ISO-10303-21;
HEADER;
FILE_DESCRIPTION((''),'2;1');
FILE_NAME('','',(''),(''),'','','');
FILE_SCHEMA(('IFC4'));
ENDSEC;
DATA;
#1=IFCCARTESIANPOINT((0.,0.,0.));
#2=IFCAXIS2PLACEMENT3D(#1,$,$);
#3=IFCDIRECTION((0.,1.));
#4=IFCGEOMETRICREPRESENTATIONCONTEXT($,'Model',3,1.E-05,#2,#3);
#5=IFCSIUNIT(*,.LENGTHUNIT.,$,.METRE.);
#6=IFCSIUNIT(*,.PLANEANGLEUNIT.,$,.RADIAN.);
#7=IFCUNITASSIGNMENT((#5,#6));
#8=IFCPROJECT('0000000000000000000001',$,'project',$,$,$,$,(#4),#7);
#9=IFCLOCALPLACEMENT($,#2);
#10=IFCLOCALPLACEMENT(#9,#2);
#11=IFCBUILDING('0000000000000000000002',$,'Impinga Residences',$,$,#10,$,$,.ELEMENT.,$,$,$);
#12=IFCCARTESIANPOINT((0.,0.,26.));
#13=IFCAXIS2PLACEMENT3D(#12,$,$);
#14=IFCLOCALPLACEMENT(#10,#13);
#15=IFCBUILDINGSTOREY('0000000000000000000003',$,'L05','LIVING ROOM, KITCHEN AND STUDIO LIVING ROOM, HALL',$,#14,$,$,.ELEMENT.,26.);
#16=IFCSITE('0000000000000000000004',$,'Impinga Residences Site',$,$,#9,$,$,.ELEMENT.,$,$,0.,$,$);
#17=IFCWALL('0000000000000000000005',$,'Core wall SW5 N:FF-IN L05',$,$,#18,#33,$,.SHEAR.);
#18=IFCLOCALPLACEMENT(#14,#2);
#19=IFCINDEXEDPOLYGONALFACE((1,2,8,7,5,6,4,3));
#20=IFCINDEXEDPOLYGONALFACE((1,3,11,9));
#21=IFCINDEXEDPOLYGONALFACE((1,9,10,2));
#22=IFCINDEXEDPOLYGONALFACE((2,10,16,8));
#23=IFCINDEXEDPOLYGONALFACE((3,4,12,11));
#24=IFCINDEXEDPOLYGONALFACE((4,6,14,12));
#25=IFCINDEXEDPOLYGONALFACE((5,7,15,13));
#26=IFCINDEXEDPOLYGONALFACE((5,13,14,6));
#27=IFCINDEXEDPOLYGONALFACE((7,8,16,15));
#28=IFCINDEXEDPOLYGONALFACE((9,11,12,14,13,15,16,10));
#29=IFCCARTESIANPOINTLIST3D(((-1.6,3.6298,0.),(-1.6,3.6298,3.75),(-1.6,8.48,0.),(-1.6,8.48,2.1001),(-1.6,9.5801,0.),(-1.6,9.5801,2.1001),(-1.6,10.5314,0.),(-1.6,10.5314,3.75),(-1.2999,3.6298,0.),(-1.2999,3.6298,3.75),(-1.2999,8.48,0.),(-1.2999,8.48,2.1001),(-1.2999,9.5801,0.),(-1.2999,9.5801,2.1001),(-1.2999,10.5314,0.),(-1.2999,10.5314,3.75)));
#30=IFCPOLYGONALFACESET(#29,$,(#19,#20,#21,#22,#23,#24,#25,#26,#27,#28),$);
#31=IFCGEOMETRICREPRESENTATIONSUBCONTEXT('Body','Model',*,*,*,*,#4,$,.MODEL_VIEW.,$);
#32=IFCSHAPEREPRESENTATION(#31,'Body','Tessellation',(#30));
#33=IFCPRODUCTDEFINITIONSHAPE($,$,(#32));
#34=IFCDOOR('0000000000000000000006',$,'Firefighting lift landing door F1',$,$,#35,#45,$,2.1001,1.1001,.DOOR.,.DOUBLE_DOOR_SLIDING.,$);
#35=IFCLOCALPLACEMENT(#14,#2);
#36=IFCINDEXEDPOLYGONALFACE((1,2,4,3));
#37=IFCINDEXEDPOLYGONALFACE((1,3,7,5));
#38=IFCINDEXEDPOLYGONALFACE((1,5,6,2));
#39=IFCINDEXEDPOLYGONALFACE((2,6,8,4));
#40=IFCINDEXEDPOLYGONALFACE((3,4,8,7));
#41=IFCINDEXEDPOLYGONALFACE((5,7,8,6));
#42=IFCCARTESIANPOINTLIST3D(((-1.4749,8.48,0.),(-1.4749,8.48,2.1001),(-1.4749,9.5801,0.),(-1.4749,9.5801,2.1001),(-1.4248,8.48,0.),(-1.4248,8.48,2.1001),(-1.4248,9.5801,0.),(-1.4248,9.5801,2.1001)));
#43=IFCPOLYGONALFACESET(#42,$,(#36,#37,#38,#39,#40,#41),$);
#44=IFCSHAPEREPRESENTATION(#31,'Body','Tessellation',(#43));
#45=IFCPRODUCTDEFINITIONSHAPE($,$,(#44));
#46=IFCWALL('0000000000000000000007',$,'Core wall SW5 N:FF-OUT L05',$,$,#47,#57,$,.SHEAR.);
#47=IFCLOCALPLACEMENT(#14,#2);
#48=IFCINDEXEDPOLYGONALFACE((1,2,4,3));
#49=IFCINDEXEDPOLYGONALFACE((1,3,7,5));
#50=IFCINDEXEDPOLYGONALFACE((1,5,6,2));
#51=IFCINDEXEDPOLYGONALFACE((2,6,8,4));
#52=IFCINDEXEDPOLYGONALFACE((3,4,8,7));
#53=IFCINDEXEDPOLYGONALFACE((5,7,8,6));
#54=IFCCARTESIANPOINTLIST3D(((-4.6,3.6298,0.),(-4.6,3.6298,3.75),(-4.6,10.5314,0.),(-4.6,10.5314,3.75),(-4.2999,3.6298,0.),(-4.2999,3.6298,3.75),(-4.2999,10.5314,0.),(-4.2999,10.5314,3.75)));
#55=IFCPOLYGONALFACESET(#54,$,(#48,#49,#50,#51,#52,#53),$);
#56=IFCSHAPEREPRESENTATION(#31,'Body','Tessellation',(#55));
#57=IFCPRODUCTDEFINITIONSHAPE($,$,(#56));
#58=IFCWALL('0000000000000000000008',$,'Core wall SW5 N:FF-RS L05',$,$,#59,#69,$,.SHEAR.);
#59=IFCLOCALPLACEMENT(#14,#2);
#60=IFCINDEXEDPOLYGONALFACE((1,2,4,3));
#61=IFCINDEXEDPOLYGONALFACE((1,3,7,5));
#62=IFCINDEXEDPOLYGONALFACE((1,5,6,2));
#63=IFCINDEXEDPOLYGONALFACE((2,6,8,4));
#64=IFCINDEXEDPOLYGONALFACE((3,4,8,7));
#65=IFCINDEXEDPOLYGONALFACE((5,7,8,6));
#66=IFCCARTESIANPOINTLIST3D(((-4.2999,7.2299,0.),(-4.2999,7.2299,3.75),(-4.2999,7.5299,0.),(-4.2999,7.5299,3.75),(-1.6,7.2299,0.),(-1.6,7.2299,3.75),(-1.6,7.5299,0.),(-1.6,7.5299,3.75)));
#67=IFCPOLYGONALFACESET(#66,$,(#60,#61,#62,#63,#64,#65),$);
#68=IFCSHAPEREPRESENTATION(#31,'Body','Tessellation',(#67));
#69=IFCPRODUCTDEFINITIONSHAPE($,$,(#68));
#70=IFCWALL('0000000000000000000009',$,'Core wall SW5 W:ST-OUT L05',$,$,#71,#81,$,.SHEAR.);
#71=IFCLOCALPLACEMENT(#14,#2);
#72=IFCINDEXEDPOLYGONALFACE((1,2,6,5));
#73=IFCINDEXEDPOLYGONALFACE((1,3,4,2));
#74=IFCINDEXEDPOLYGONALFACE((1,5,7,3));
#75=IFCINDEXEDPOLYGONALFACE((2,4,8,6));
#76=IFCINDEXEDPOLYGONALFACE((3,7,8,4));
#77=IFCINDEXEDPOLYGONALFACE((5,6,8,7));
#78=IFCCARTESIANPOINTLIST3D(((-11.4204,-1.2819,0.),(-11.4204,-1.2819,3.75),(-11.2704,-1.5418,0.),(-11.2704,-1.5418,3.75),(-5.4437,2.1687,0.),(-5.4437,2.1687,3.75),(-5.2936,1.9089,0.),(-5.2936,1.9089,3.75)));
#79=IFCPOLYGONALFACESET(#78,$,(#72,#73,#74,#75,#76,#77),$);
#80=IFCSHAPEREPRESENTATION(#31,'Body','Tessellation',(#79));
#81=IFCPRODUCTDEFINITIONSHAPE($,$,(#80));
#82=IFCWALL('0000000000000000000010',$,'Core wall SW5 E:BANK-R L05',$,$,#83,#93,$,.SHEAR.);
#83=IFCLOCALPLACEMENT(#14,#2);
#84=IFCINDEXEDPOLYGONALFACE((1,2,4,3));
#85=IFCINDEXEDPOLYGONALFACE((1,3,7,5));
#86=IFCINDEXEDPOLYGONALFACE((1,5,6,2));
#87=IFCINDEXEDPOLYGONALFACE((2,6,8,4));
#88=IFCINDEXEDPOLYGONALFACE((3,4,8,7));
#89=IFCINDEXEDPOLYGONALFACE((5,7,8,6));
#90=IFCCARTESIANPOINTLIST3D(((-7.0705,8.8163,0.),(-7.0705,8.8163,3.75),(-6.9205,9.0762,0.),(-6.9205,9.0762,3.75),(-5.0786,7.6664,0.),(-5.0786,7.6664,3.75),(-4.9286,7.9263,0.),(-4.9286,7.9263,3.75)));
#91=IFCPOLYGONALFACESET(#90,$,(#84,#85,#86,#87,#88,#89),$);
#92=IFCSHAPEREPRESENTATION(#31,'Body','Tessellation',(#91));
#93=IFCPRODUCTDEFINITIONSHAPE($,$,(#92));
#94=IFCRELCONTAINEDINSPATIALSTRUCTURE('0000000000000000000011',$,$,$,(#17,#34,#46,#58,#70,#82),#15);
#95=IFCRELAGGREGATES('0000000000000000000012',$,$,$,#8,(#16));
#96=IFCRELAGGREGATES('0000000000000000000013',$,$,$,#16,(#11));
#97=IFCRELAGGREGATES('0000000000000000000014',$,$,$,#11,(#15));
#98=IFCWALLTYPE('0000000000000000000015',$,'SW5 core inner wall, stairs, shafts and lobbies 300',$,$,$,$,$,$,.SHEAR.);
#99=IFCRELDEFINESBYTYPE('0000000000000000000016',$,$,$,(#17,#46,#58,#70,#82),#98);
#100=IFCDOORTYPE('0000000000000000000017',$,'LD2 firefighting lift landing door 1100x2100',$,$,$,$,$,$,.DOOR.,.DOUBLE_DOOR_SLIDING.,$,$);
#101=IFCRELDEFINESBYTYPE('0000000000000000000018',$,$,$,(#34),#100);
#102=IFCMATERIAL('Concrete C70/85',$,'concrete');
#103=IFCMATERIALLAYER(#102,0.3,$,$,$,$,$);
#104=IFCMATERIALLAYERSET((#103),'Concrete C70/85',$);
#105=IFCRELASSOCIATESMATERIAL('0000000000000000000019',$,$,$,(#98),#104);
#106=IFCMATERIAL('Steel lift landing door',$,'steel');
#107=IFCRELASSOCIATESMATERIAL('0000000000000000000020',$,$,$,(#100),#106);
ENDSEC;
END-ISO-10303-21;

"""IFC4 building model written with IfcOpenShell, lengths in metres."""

from ifc_helpers import new_model, si_unit, direction, frame, frame_2d, origin, place, context, subcontext, project, spatial, rectangle, extrude, material, layer, layer_set, type_object, element, fill, save


model = new_model("IFC4")

# Units and contexts
model_context = context("Model", 3, precision=1e-05, world=origin(), true_north=direction((0.0, 1.0)))
body_context = subcontext(model_context, "Body", "Model", "MODEL_VIEW")
ifc_project = project(units=[si_unit("LENGTHUNIT", "METRE"), si_unit("PLANEANGLEUNIT", "RADIAN")], contexts=[model_context])

# Site, building, storey
site_placement = place(None, origin())
site = spatial("IfcSite", under=ifc_project, at=site_placement, Name="Impinga Residences Site", CompositionType="ELEMENT", RefElevation=0.0)
building_placement = place(site_placement, origin())
building = spatial("IfcBuilding", under=site, at=building_placement, Name="Impinga Residences", CompositionType="ELEMENT")
storey_placement = place(building_placement, frame((0.0, 0.0, 26.0)))
storey = spatial("IfcBuildingStorey", under=building, at=storey_placement, Name="L05", Description="LIVING ROOM, KITCHEN AND STUDIO LIVING ROOM, HALL", CompositionType="ELEMENT", Elevation=26.0)

# Shared definitions
ifc_material_1 = material(Name="Concrete C70/85", Category="concrete")

# Shared definitions
ifc_layer_1 = layer(ifc_material_1, 0.3)
ifc_layer_set_1 = layer_set([ifc_layer_1], Name="Concrete C70/85")
wall_type_1 = type_object("IfcWallType", Name="SW5 core inner wall, stairs, shafts and lobbies 300", PredefinedType="SHEAR", material=ifc_layer_set_1)

# Wall, opening, door
wall_1_placement = place(storey_placement, frame((-1.45, 3.6299, 0.0), z_axis=(0.0, 0.0, 1.0), x_axis=(0.0, 1.0, 0.0)))
wall_1 = element("IfcWall", 1, at=wall_1_placement, inside=storey, type_object=wall_type_1, Name="Core wall SW5 N:FF-IN L05", PredefinedType="SHEAR", context=body_context, shape_type="SweptSolid", body=[
    extrude(rectangle(XDim=6.9016, YDim=0.3, at=frame_2d((3.4507, 0.0))), origin(), (0.0, 0.0, 1.0), 3.75),
])
opening_1_placement = place(wall_1_placement, frame((4.8501, 0.0, 0.0)))
opening_1 = element("IfcOpeningElement", 2, at=opening_1_placement, cuts=wall_1, PredefinedType="OPENING", context=body_context, shape_type="SweptSolid", body=[
    extrude(rectangle(XDim=1.1001, YDim=2.1001, at=frame_2d((0.55, 1.05))), frame((0.0, 0.1599, 0.0), z_axis=(0.0, -1.0, 0.0), x_axis=(1.0, 0.0, 0.0)), (0.0, 0.0, 1.0), 0.3201),
])
ifc_material_2 = material(Name="Steel lift landing door", Category="steel")
door_type_1 = type_object("IfcDoorType", Name="LD2 firefighting lift landing door 1100x2100", OperationType="DOUBLE_DOOR_SLIDING", PredefinedType="DOOR", material=ifc_material_2)
door_1_placement = place(opening_1_placement, origin())
door_1 = element("IfcDoor", 3, at=door_1_placement, inside=storey, type_object=door_type_1, Name="Firefighting lift landing door F1", OperationType="DOUBLE_DOOR_SLIDING", OverallHeight=2.1001, OverallWidth=1.1001, PredefinedType="DOOR", context=body_context, shape_type="SweptSolid", body=[
    extrude(rectangle(XDim=1.1001, YDim=2.1001, at=frame_2d((0.55, 1.05))), frame((0.0, 0.0249, 0.0), z_axis=(0.0, -1.0, 0.0), x_axis=(1.0, 0.0, 0.0)), (0.0, 0.0, 1.0), 0.05),
])
fill(opening_1, door_1)

# Walls
wall_2_placement = place(storey_placement, frame((-4.45, 3.6299, 0.0), z_axis=(0.0, 0.0, 1.0), x_axis=(0.0, 1.0, 0.0)))
element("IfcWall", 4, at=wall_2_placement, inside=storey, type_object=wall_type_1, Name="Core wall SW5 N:FF-OUT L05", PredefinedType="SHEAR", context=body_context, shape_type="SweptSolid", body=[
    extrude(rectangle(XDim=6.9016, YDim=0.3, at=frame_2d((3.4507, 0.0))), origin(), (0.0, 0.0, 1.0), 3.75),
])
wall_3_placement = place(storey_placement, frame((-4.3, 7.3799, 0.0), z_axis=(0.0, 0.0, 1.0), x_axis=(1.0, 0.0, 0.0)))
element("IfcWall", 5, at=wall_3_placement, inside=storey, type_object=wall_type_1, Name="Core wall SW5 N:FF-RS L05", PredefinedType="SHEAR", context=body_context, shape_type="SweptSolid", body=[
    extrude(rectangle(XDim=2.7, YDim=0.3, at=frame_2d((1.3501, 0.0))), origin(), (0.0, 0.0, 1.0), 3.75),
])
wall_4_placement = place(storey_placement, frame((-5.3687, 2.0388, 0.0), z_axis=(0.0, 0.0, 1.0), x_axis=(-0.866027, -0.499997, 0.0)))
element("IfcWall", 6, at=wall_4_placement, inside=storey, type_object=wall_type_1, Name="Core wall SW5 W:ST-OUT L05", PredefinedType="SHEAR", context=body_context, shape_type="SweptSolid", body=[
    extrude(rectangle(XDim=6.9014, YDim=0.3, at=frame_2d((3.4507, 0.0))), origin(), (0.0, 0.0, 1.0), 3.75),
])
wall_5_placement = place(storey_placement, frame((-5.0037, 7.7964, 0.0), z_axis=(0.0, 0.0, 1.0), x_axis=(-0.866053, 0.499952, 0.0)))
element("IfcWall", 7, at=wall_5_placement, inside=storey, type_object=wall_type_1, Name="Core wall SW5 E:BANK-R L05", PredefinedType="SHEAR", context=body_context, shape_type="SweptSolid", body=[
    extrude(rectangle(XDim=2.3, YDim=0.3, at=frame_2d((1.1499, 0.0))), origin(), (0.0, 0.0, 1.0), 3.75),
])

save(model, "model.ifc")
